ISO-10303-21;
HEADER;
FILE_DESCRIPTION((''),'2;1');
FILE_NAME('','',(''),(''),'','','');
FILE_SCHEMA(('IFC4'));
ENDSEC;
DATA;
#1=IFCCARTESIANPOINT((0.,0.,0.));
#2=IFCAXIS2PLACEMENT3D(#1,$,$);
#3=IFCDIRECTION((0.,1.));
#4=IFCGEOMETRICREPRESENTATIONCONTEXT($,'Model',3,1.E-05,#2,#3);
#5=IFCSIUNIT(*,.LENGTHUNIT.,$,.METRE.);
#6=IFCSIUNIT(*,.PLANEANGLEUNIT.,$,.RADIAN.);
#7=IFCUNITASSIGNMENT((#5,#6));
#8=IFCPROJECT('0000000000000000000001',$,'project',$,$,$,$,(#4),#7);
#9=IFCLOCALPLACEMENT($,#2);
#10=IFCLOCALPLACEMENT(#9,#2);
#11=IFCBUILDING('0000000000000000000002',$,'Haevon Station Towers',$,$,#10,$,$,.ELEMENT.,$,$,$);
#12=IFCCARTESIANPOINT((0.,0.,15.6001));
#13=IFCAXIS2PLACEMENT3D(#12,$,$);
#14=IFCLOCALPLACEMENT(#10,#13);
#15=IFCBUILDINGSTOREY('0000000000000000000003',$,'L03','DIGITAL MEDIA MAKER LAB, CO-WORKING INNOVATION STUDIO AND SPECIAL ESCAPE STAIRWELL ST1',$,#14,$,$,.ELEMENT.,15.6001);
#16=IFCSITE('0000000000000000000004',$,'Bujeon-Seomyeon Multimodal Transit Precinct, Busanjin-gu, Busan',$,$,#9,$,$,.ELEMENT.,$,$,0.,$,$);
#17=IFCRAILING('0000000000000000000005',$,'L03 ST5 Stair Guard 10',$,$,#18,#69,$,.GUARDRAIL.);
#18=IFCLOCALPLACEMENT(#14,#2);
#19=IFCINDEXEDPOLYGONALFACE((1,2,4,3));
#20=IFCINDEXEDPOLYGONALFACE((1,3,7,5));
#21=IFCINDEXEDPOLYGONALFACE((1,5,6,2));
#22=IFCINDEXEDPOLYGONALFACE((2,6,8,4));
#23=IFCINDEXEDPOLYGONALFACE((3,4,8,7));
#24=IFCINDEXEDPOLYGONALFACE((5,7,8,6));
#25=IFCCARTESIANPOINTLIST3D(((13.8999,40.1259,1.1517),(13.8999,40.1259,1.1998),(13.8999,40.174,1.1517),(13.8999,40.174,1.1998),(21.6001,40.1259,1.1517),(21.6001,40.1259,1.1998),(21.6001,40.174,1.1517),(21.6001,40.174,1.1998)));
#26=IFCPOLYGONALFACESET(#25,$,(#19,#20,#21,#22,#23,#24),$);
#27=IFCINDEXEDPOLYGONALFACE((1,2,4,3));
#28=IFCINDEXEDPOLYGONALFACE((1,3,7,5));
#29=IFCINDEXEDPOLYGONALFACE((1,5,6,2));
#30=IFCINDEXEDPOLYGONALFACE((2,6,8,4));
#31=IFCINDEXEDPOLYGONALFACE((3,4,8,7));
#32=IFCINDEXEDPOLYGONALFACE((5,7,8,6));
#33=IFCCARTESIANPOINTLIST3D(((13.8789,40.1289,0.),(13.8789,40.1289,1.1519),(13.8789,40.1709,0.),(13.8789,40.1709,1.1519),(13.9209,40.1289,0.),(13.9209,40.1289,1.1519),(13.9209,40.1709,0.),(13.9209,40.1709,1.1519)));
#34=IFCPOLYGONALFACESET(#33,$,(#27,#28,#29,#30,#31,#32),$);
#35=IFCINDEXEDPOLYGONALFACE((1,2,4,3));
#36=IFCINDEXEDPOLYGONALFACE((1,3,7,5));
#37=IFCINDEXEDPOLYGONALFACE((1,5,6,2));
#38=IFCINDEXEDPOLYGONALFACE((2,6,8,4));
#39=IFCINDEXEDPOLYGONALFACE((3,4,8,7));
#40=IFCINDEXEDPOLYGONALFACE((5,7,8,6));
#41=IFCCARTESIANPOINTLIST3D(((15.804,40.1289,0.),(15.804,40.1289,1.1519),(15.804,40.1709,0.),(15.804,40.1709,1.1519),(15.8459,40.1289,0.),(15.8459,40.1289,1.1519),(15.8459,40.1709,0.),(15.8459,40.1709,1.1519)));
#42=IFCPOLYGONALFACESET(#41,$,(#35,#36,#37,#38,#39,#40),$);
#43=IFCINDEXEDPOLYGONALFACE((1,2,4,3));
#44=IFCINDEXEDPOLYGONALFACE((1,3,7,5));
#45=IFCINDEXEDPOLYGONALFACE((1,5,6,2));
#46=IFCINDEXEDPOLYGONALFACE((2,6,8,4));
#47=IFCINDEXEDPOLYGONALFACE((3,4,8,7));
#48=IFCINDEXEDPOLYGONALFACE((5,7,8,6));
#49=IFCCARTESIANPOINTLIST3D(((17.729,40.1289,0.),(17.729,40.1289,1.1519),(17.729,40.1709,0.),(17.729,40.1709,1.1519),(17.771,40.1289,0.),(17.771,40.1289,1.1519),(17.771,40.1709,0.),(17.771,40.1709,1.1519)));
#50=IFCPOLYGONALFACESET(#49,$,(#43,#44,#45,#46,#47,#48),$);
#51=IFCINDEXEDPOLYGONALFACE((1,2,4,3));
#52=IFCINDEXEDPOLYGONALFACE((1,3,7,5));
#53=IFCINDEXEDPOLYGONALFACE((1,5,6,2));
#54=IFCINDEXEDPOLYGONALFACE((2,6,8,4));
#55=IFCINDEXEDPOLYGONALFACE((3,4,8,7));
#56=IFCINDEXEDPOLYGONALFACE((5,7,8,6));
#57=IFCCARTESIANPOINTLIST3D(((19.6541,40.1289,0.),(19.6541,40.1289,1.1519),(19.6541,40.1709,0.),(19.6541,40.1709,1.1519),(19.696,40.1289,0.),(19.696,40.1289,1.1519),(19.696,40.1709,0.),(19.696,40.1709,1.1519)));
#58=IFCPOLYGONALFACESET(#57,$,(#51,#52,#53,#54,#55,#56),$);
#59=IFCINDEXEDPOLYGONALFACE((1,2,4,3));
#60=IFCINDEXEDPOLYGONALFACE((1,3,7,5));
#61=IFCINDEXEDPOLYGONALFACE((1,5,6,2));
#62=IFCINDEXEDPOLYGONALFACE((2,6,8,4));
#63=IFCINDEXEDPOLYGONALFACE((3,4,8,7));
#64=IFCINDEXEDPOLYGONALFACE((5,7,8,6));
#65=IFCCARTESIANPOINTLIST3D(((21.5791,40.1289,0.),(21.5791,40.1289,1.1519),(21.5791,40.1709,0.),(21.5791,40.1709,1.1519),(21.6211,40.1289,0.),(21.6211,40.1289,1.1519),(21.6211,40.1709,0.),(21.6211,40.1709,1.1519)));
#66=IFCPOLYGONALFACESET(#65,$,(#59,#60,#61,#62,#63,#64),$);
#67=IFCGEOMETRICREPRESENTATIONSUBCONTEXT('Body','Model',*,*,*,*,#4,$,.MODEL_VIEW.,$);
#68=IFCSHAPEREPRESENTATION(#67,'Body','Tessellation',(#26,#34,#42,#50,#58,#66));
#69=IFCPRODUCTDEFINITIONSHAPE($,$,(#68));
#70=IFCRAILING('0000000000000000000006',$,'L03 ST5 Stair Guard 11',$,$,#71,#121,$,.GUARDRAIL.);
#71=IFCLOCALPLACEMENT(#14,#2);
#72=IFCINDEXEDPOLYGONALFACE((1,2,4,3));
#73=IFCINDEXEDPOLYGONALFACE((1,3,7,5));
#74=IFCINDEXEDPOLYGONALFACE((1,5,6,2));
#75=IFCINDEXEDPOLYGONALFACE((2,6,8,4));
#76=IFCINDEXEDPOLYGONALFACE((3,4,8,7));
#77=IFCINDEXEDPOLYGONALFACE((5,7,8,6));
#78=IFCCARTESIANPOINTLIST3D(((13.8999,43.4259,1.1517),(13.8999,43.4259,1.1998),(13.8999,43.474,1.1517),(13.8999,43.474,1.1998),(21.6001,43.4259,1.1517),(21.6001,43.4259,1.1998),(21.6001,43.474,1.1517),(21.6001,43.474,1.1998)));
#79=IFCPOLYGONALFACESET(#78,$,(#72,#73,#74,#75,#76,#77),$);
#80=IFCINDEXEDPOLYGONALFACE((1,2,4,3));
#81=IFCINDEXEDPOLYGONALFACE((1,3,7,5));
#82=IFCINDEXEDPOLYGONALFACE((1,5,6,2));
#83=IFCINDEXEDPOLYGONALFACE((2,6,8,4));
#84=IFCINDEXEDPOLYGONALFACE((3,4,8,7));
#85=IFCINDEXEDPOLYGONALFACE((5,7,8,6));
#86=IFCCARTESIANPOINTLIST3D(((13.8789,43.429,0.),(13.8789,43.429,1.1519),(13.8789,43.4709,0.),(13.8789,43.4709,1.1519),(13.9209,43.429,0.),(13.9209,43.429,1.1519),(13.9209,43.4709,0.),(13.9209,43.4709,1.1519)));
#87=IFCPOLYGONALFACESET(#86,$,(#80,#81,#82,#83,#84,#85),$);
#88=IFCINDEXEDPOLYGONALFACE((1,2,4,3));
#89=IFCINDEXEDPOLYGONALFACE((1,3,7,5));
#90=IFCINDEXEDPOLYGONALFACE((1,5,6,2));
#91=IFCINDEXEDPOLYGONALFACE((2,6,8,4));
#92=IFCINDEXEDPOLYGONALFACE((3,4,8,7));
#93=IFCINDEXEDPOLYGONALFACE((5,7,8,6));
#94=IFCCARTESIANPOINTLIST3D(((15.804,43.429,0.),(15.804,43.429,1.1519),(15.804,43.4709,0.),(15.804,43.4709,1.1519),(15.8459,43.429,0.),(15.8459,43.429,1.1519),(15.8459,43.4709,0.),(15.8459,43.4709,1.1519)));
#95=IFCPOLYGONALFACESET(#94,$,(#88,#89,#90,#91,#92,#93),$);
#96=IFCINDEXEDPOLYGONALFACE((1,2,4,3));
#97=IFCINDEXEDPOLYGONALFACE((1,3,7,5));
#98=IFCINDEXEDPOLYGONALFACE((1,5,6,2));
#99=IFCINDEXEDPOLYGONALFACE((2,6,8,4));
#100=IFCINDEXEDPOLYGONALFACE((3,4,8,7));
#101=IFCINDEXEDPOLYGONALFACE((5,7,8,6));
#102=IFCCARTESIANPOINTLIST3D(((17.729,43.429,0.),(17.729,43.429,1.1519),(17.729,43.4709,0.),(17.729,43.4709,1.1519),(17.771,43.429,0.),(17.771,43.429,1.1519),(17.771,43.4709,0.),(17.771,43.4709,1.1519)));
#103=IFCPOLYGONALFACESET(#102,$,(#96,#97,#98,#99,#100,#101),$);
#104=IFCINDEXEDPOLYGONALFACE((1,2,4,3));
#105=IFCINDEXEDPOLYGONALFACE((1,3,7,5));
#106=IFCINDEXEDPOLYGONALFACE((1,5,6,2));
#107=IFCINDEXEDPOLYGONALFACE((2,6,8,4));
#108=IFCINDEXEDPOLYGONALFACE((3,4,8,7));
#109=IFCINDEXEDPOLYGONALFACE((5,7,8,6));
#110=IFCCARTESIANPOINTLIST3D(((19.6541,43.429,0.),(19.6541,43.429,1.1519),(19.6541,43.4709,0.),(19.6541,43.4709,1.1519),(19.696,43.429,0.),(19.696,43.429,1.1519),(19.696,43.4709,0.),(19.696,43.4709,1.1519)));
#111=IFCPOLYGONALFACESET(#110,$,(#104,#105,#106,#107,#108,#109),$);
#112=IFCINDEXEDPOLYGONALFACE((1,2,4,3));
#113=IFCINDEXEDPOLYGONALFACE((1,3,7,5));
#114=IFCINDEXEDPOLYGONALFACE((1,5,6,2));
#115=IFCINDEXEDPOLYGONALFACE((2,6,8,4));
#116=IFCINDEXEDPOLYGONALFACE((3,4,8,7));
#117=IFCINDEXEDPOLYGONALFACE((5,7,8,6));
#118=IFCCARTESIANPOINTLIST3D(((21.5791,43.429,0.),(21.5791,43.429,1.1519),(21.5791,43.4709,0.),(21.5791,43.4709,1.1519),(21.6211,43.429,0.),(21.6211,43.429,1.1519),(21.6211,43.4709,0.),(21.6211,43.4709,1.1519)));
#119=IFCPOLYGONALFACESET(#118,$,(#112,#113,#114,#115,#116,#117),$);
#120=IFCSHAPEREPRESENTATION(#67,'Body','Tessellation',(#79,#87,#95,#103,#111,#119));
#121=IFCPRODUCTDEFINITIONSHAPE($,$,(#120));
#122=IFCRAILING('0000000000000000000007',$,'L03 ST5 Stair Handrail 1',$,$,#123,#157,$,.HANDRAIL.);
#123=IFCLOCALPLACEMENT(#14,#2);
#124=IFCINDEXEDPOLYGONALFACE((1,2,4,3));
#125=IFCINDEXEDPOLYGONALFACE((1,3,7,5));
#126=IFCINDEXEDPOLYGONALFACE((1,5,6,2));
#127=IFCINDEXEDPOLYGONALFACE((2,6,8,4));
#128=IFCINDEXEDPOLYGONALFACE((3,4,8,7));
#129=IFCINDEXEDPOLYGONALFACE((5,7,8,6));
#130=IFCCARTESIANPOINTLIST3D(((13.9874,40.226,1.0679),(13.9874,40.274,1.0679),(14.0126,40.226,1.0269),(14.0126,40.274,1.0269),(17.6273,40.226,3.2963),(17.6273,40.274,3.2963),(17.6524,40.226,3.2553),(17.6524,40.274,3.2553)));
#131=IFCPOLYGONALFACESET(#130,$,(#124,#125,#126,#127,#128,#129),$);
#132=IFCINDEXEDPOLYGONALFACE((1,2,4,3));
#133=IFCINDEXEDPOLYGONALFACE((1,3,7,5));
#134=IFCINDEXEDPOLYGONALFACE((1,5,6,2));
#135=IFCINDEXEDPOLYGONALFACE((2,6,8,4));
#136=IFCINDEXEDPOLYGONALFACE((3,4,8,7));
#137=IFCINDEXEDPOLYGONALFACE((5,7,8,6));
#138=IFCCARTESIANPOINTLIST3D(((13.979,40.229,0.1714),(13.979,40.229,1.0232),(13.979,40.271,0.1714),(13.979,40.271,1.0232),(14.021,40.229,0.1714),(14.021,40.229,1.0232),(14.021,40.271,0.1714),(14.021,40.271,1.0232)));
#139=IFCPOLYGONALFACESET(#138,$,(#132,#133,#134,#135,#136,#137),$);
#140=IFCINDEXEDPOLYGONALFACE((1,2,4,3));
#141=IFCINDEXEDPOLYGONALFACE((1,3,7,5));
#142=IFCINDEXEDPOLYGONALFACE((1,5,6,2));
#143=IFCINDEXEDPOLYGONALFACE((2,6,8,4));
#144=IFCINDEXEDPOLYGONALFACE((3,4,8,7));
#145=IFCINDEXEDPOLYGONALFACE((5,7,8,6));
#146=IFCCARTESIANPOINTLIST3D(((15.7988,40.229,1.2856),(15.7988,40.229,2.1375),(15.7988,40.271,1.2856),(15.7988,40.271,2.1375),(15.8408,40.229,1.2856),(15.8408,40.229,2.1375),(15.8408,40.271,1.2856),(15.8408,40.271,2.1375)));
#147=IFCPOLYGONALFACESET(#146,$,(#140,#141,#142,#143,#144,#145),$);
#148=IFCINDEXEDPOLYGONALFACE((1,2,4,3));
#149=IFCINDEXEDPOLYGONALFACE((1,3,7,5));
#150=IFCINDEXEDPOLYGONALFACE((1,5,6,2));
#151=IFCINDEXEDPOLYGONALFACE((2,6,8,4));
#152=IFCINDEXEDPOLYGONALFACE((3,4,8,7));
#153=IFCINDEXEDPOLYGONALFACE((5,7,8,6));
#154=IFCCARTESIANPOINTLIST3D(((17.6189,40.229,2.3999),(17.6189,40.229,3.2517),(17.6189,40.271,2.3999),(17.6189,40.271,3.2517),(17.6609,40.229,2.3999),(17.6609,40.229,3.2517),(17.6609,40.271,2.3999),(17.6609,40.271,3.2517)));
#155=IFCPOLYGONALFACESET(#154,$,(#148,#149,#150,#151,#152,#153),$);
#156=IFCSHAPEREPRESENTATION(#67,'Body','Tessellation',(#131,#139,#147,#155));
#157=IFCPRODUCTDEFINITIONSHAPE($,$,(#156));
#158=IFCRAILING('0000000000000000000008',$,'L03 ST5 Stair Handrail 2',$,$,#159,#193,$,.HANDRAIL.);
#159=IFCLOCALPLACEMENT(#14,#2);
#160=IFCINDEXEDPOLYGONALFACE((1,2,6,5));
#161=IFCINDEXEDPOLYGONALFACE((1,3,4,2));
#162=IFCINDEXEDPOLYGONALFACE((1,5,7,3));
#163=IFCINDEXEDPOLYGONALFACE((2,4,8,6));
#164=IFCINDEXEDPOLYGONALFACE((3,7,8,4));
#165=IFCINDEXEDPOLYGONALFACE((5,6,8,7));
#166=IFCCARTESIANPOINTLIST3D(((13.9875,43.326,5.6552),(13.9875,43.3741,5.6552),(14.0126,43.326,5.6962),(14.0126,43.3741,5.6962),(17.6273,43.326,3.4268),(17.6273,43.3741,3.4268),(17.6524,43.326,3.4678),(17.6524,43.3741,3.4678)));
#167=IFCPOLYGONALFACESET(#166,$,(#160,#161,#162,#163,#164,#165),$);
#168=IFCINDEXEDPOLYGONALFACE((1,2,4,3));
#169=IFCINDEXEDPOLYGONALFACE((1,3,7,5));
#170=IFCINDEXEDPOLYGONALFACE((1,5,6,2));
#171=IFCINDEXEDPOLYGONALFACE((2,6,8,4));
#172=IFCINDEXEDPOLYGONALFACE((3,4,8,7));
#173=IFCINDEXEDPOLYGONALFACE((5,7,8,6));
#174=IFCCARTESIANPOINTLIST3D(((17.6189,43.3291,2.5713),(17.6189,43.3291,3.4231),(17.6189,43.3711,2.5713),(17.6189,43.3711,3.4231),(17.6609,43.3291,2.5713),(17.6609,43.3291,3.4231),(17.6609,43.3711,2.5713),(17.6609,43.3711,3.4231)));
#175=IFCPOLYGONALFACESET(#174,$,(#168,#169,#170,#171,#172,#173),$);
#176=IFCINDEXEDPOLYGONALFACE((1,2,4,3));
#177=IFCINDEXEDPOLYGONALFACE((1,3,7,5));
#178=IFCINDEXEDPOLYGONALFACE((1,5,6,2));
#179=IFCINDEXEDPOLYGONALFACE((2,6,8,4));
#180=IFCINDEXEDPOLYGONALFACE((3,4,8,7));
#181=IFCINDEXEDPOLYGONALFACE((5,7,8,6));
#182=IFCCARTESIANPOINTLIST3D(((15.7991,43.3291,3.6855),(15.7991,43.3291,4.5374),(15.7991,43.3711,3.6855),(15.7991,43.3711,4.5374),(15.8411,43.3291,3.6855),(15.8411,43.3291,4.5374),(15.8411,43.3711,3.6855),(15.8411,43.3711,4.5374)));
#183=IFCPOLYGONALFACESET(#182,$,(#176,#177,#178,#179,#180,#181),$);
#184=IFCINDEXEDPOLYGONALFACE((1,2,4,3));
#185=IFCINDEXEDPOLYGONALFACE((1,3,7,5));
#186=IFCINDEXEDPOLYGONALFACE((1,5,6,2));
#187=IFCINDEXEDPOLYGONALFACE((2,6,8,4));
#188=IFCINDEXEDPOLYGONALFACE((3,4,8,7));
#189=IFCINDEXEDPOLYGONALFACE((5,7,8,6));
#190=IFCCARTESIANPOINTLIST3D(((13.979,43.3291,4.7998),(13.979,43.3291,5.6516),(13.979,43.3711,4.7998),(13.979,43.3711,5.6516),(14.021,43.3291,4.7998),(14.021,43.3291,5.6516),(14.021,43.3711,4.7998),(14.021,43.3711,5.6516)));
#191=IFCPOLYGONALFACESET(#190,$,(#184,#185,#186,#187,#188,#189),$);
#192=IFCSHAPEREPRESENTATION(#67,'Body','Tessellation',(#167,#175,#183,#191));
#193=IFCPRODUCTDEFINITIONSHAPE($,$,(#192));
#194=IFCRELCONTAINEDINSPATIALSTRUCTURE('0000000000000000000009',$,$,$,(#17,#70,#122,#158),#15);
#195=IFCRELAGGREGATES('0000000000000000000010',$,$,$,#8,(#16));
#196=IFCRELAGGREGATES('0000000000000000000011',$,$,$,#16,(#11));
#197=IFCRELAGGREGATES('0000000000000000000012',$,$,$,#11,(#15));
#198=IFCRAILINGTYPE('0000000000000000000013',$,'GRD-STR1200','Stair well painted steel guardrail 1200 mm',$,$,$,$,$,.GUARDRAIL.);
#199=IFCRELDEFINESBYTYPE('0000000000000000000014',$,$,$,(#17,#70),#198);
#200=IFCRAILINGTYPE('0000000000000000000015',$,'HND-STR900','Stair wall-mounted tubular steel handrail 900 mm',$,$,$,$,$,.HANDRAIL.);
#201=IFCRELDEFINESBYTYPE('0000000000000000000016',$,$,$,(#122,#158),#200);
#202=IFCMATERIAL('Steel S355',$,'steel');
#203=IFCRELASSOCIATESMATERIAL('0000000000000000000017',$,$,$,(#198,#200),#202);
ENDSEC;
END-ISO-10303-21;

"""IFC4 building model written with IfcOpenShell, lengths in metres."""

from ifc_helpers import new_model, si_unit, direction, frame, origin, origin_2d, place, context, subcontext, project, spatial, rectangle, extrude, material, type_object, element, save


model = new_model("IFC4")

# Units and contexts
model_context = context("Model", 3, precision=1e-05, world=origin(), true_north=direction((0.0, 1.0)))
body_context = subcontext(model_context, "Body", "Model", "MODEL_VIEW")
ifc_project = project(units=[si_unit("LENGTHUNIT", "METRE"), si_unit("PLANEANGLEUNIT", "RADIAN")], contexts=[model_context])

# Site, building, storey
site_placement = place(None, origin())
site = spatial("IfcSite", under=ifc_project, at=site_placement, Name="Bujeon-Seomyeon Multimodal Transit Precinct, Busanjin-gu, Busan", CompositionType="ELEMENT", RefElevation=0.0)
building_placement = place(site_placement, origin())
building = spatial("IfcBuilding", under=site, at=building_placement, Name="Haevon Station Towers", CompositionType="ELEMENT")
storey_placement = place(building_placement, frame((0.0, 0.0, 15.6001)))
storey = spatial("IfcBuildingStorey", under=building, at=storey_placement, Name="L03", Description="DIGITAL MEDIA MAKER LAB, CO-WORKING INNOVATION STUDIO AND SPECIAL ESCAPE STAIRWELL ST1", CompositionType="ELEMENT", Elevation=15.6001)

# Shared definitions
ifc_material_1 = material(Name="Steel S355", Category="steel")

# Railings
railing_type_1 = type_object("IfcRailingType", Name="GRD-STR1200", Description="Stair well painted steel guardrail 1200 mm", PredefinedType="GUARDRAIL", material=ifc_material_1)
for number, where, name in (
    (1, (13.8999, 40.1499, 0.0), "L03 ST5 Stair Guard 10"),
    (2, (13.8999, 43.45, 0.0), "L03 ST5 Stair Guard 11"),
):
    element("IfcRailing", number, at=place(storey_placement, frame(where)), inside=storey, type_object=railing_type_1, Name=name, PredefinedType="GUARDRAIL", context=body_context, shape_type="SweptSolid", body=[
        extrude(rectangle(XDim=0.0481, YDim=0.0481, at=origin_2d()), frame((0.0, 0.0, 1.1758), z_axis=(1.0, 0.0, 0.0), x_axis=(0.0, 1.0, 0.0)), (0.0, 0.0, 1.0), 7.7002),
        extrude(rectangle(XDim=0.042, YDim=0.042, at=origin_2d()), origin(), (0.0, 0.0, 1.0), 1.1519),
        extrude(rectangle(XDim=0.042, YDim=0.042, at=origin_2d()), frame((1.925, 0.0, 0.0)), (0.0, 0.0, 1.0), 1.1519),
        extrude(rectangle(XDim=0.042, YDim=0.042, at=origin_2d()), frame((3.8501, 0.0, 0.0)), (0.0, 0.0, 1.0), 1.1519),
        extrude(rectangle(XDim=0.042, YDim=0.042, at=origin_2d()), frame((5.7751, 0.0, 0.0)), (0.0, 0.0, 1.0), 1.1519),
        extrude(rectangle(XDim=0.042, YDim=0.042, at=origin_2d()), frame((7.7002, 0.0, 0.0)), (0.0, 0.0, 1.0), 1.1519),
    ])
railing_type_2 = type_object("IfcRailingType", Name="HND-STR900", Description="Stair wall-mounted tubular steel handrail 900 mm", PredefinedType="HANDRAIL", material=ifc_material_1)
railing_1_placement = place(storey_placement, frame((14.0, 40.25, 0.1714)))
element("IfcRailing", 3, at=railing_1_placement, inside=storey, type_object=railing_type_2, Name="L03 ST5 Stair Handrail 1", PredefinedType="HANDRAIL", context=body_context, shape_type="SweptSolid", body=[
    extrude(rectangle(XDim=0.0481, YDim=0.0481, at=origin_2d()), frame((0.0, 0.0, 0.876), z_axis=(0.85285, 0.0, 0.522156), x_axis=(0.0, 1.0, 0.0)), (0.0, 0.0, 1.0), 4.2678),
    extrude(rectangle(XDim=0.042, YDim=0.042, at=origin_2d()), origin(), (0.0, 0.0, 1.0), 0.8518),
    extrude(rectangle(XDim=0.042, YDim=0.042, at=origin_2d()), frame((1.8198, 0.0, 1.1143)), (0.0, 0.0, 1.0), 0.8518),
    extrude(rectangle(XDim=0.042, YDim=0.042, at=origin_2d()), frame((3.6399, 0.0, 2.2285)), (0.0, 0.0, 1.0), 0.8518),
])
railing_2_placement = place(storey_placement, frame((17.6399, 43.3501, 2.5713)))
element("IfcRailing", 4, at=railing_2_placement, inside=storey, type_object=railing_type_2, Name="L03 ST5 Stair Handrail 2", PredefinedType="HANDRAIL", context=body_context, shape_type="SweptSolid", body=[
    extrude(rectangle(XDim=0.0481, YDim=0.0481, at=origin_2d()), frame((0.0, 0.0, 0.876), z_axis=(-0.85285, 0.0, 0.522156), x_axis=(0.0, -1.0, 0.0)), (0.0, 0.0, 1.0), 4.2678),
    extrude(rectangle(XDim=0.042, YDim=0.042, at=origin_2d()), origin(), (0.0, 0.0, 1.0), 0.8518),
    extrude(rectangle(XDim=0.042, YDim=0.042, at=origin_2d()), frame((-1.8198, 0.0, 1.1143)), (0.0, 0.0, 1.0), 0.8518),
    extrude(rectangle(XDim=0.042, YDim=0.042, at=origin_2d()), frame((-3.6399, 0.0, 2.2285)), (0.0, 0.0, 1.0), 0.8518),
])

save(model, "model.ifc")
